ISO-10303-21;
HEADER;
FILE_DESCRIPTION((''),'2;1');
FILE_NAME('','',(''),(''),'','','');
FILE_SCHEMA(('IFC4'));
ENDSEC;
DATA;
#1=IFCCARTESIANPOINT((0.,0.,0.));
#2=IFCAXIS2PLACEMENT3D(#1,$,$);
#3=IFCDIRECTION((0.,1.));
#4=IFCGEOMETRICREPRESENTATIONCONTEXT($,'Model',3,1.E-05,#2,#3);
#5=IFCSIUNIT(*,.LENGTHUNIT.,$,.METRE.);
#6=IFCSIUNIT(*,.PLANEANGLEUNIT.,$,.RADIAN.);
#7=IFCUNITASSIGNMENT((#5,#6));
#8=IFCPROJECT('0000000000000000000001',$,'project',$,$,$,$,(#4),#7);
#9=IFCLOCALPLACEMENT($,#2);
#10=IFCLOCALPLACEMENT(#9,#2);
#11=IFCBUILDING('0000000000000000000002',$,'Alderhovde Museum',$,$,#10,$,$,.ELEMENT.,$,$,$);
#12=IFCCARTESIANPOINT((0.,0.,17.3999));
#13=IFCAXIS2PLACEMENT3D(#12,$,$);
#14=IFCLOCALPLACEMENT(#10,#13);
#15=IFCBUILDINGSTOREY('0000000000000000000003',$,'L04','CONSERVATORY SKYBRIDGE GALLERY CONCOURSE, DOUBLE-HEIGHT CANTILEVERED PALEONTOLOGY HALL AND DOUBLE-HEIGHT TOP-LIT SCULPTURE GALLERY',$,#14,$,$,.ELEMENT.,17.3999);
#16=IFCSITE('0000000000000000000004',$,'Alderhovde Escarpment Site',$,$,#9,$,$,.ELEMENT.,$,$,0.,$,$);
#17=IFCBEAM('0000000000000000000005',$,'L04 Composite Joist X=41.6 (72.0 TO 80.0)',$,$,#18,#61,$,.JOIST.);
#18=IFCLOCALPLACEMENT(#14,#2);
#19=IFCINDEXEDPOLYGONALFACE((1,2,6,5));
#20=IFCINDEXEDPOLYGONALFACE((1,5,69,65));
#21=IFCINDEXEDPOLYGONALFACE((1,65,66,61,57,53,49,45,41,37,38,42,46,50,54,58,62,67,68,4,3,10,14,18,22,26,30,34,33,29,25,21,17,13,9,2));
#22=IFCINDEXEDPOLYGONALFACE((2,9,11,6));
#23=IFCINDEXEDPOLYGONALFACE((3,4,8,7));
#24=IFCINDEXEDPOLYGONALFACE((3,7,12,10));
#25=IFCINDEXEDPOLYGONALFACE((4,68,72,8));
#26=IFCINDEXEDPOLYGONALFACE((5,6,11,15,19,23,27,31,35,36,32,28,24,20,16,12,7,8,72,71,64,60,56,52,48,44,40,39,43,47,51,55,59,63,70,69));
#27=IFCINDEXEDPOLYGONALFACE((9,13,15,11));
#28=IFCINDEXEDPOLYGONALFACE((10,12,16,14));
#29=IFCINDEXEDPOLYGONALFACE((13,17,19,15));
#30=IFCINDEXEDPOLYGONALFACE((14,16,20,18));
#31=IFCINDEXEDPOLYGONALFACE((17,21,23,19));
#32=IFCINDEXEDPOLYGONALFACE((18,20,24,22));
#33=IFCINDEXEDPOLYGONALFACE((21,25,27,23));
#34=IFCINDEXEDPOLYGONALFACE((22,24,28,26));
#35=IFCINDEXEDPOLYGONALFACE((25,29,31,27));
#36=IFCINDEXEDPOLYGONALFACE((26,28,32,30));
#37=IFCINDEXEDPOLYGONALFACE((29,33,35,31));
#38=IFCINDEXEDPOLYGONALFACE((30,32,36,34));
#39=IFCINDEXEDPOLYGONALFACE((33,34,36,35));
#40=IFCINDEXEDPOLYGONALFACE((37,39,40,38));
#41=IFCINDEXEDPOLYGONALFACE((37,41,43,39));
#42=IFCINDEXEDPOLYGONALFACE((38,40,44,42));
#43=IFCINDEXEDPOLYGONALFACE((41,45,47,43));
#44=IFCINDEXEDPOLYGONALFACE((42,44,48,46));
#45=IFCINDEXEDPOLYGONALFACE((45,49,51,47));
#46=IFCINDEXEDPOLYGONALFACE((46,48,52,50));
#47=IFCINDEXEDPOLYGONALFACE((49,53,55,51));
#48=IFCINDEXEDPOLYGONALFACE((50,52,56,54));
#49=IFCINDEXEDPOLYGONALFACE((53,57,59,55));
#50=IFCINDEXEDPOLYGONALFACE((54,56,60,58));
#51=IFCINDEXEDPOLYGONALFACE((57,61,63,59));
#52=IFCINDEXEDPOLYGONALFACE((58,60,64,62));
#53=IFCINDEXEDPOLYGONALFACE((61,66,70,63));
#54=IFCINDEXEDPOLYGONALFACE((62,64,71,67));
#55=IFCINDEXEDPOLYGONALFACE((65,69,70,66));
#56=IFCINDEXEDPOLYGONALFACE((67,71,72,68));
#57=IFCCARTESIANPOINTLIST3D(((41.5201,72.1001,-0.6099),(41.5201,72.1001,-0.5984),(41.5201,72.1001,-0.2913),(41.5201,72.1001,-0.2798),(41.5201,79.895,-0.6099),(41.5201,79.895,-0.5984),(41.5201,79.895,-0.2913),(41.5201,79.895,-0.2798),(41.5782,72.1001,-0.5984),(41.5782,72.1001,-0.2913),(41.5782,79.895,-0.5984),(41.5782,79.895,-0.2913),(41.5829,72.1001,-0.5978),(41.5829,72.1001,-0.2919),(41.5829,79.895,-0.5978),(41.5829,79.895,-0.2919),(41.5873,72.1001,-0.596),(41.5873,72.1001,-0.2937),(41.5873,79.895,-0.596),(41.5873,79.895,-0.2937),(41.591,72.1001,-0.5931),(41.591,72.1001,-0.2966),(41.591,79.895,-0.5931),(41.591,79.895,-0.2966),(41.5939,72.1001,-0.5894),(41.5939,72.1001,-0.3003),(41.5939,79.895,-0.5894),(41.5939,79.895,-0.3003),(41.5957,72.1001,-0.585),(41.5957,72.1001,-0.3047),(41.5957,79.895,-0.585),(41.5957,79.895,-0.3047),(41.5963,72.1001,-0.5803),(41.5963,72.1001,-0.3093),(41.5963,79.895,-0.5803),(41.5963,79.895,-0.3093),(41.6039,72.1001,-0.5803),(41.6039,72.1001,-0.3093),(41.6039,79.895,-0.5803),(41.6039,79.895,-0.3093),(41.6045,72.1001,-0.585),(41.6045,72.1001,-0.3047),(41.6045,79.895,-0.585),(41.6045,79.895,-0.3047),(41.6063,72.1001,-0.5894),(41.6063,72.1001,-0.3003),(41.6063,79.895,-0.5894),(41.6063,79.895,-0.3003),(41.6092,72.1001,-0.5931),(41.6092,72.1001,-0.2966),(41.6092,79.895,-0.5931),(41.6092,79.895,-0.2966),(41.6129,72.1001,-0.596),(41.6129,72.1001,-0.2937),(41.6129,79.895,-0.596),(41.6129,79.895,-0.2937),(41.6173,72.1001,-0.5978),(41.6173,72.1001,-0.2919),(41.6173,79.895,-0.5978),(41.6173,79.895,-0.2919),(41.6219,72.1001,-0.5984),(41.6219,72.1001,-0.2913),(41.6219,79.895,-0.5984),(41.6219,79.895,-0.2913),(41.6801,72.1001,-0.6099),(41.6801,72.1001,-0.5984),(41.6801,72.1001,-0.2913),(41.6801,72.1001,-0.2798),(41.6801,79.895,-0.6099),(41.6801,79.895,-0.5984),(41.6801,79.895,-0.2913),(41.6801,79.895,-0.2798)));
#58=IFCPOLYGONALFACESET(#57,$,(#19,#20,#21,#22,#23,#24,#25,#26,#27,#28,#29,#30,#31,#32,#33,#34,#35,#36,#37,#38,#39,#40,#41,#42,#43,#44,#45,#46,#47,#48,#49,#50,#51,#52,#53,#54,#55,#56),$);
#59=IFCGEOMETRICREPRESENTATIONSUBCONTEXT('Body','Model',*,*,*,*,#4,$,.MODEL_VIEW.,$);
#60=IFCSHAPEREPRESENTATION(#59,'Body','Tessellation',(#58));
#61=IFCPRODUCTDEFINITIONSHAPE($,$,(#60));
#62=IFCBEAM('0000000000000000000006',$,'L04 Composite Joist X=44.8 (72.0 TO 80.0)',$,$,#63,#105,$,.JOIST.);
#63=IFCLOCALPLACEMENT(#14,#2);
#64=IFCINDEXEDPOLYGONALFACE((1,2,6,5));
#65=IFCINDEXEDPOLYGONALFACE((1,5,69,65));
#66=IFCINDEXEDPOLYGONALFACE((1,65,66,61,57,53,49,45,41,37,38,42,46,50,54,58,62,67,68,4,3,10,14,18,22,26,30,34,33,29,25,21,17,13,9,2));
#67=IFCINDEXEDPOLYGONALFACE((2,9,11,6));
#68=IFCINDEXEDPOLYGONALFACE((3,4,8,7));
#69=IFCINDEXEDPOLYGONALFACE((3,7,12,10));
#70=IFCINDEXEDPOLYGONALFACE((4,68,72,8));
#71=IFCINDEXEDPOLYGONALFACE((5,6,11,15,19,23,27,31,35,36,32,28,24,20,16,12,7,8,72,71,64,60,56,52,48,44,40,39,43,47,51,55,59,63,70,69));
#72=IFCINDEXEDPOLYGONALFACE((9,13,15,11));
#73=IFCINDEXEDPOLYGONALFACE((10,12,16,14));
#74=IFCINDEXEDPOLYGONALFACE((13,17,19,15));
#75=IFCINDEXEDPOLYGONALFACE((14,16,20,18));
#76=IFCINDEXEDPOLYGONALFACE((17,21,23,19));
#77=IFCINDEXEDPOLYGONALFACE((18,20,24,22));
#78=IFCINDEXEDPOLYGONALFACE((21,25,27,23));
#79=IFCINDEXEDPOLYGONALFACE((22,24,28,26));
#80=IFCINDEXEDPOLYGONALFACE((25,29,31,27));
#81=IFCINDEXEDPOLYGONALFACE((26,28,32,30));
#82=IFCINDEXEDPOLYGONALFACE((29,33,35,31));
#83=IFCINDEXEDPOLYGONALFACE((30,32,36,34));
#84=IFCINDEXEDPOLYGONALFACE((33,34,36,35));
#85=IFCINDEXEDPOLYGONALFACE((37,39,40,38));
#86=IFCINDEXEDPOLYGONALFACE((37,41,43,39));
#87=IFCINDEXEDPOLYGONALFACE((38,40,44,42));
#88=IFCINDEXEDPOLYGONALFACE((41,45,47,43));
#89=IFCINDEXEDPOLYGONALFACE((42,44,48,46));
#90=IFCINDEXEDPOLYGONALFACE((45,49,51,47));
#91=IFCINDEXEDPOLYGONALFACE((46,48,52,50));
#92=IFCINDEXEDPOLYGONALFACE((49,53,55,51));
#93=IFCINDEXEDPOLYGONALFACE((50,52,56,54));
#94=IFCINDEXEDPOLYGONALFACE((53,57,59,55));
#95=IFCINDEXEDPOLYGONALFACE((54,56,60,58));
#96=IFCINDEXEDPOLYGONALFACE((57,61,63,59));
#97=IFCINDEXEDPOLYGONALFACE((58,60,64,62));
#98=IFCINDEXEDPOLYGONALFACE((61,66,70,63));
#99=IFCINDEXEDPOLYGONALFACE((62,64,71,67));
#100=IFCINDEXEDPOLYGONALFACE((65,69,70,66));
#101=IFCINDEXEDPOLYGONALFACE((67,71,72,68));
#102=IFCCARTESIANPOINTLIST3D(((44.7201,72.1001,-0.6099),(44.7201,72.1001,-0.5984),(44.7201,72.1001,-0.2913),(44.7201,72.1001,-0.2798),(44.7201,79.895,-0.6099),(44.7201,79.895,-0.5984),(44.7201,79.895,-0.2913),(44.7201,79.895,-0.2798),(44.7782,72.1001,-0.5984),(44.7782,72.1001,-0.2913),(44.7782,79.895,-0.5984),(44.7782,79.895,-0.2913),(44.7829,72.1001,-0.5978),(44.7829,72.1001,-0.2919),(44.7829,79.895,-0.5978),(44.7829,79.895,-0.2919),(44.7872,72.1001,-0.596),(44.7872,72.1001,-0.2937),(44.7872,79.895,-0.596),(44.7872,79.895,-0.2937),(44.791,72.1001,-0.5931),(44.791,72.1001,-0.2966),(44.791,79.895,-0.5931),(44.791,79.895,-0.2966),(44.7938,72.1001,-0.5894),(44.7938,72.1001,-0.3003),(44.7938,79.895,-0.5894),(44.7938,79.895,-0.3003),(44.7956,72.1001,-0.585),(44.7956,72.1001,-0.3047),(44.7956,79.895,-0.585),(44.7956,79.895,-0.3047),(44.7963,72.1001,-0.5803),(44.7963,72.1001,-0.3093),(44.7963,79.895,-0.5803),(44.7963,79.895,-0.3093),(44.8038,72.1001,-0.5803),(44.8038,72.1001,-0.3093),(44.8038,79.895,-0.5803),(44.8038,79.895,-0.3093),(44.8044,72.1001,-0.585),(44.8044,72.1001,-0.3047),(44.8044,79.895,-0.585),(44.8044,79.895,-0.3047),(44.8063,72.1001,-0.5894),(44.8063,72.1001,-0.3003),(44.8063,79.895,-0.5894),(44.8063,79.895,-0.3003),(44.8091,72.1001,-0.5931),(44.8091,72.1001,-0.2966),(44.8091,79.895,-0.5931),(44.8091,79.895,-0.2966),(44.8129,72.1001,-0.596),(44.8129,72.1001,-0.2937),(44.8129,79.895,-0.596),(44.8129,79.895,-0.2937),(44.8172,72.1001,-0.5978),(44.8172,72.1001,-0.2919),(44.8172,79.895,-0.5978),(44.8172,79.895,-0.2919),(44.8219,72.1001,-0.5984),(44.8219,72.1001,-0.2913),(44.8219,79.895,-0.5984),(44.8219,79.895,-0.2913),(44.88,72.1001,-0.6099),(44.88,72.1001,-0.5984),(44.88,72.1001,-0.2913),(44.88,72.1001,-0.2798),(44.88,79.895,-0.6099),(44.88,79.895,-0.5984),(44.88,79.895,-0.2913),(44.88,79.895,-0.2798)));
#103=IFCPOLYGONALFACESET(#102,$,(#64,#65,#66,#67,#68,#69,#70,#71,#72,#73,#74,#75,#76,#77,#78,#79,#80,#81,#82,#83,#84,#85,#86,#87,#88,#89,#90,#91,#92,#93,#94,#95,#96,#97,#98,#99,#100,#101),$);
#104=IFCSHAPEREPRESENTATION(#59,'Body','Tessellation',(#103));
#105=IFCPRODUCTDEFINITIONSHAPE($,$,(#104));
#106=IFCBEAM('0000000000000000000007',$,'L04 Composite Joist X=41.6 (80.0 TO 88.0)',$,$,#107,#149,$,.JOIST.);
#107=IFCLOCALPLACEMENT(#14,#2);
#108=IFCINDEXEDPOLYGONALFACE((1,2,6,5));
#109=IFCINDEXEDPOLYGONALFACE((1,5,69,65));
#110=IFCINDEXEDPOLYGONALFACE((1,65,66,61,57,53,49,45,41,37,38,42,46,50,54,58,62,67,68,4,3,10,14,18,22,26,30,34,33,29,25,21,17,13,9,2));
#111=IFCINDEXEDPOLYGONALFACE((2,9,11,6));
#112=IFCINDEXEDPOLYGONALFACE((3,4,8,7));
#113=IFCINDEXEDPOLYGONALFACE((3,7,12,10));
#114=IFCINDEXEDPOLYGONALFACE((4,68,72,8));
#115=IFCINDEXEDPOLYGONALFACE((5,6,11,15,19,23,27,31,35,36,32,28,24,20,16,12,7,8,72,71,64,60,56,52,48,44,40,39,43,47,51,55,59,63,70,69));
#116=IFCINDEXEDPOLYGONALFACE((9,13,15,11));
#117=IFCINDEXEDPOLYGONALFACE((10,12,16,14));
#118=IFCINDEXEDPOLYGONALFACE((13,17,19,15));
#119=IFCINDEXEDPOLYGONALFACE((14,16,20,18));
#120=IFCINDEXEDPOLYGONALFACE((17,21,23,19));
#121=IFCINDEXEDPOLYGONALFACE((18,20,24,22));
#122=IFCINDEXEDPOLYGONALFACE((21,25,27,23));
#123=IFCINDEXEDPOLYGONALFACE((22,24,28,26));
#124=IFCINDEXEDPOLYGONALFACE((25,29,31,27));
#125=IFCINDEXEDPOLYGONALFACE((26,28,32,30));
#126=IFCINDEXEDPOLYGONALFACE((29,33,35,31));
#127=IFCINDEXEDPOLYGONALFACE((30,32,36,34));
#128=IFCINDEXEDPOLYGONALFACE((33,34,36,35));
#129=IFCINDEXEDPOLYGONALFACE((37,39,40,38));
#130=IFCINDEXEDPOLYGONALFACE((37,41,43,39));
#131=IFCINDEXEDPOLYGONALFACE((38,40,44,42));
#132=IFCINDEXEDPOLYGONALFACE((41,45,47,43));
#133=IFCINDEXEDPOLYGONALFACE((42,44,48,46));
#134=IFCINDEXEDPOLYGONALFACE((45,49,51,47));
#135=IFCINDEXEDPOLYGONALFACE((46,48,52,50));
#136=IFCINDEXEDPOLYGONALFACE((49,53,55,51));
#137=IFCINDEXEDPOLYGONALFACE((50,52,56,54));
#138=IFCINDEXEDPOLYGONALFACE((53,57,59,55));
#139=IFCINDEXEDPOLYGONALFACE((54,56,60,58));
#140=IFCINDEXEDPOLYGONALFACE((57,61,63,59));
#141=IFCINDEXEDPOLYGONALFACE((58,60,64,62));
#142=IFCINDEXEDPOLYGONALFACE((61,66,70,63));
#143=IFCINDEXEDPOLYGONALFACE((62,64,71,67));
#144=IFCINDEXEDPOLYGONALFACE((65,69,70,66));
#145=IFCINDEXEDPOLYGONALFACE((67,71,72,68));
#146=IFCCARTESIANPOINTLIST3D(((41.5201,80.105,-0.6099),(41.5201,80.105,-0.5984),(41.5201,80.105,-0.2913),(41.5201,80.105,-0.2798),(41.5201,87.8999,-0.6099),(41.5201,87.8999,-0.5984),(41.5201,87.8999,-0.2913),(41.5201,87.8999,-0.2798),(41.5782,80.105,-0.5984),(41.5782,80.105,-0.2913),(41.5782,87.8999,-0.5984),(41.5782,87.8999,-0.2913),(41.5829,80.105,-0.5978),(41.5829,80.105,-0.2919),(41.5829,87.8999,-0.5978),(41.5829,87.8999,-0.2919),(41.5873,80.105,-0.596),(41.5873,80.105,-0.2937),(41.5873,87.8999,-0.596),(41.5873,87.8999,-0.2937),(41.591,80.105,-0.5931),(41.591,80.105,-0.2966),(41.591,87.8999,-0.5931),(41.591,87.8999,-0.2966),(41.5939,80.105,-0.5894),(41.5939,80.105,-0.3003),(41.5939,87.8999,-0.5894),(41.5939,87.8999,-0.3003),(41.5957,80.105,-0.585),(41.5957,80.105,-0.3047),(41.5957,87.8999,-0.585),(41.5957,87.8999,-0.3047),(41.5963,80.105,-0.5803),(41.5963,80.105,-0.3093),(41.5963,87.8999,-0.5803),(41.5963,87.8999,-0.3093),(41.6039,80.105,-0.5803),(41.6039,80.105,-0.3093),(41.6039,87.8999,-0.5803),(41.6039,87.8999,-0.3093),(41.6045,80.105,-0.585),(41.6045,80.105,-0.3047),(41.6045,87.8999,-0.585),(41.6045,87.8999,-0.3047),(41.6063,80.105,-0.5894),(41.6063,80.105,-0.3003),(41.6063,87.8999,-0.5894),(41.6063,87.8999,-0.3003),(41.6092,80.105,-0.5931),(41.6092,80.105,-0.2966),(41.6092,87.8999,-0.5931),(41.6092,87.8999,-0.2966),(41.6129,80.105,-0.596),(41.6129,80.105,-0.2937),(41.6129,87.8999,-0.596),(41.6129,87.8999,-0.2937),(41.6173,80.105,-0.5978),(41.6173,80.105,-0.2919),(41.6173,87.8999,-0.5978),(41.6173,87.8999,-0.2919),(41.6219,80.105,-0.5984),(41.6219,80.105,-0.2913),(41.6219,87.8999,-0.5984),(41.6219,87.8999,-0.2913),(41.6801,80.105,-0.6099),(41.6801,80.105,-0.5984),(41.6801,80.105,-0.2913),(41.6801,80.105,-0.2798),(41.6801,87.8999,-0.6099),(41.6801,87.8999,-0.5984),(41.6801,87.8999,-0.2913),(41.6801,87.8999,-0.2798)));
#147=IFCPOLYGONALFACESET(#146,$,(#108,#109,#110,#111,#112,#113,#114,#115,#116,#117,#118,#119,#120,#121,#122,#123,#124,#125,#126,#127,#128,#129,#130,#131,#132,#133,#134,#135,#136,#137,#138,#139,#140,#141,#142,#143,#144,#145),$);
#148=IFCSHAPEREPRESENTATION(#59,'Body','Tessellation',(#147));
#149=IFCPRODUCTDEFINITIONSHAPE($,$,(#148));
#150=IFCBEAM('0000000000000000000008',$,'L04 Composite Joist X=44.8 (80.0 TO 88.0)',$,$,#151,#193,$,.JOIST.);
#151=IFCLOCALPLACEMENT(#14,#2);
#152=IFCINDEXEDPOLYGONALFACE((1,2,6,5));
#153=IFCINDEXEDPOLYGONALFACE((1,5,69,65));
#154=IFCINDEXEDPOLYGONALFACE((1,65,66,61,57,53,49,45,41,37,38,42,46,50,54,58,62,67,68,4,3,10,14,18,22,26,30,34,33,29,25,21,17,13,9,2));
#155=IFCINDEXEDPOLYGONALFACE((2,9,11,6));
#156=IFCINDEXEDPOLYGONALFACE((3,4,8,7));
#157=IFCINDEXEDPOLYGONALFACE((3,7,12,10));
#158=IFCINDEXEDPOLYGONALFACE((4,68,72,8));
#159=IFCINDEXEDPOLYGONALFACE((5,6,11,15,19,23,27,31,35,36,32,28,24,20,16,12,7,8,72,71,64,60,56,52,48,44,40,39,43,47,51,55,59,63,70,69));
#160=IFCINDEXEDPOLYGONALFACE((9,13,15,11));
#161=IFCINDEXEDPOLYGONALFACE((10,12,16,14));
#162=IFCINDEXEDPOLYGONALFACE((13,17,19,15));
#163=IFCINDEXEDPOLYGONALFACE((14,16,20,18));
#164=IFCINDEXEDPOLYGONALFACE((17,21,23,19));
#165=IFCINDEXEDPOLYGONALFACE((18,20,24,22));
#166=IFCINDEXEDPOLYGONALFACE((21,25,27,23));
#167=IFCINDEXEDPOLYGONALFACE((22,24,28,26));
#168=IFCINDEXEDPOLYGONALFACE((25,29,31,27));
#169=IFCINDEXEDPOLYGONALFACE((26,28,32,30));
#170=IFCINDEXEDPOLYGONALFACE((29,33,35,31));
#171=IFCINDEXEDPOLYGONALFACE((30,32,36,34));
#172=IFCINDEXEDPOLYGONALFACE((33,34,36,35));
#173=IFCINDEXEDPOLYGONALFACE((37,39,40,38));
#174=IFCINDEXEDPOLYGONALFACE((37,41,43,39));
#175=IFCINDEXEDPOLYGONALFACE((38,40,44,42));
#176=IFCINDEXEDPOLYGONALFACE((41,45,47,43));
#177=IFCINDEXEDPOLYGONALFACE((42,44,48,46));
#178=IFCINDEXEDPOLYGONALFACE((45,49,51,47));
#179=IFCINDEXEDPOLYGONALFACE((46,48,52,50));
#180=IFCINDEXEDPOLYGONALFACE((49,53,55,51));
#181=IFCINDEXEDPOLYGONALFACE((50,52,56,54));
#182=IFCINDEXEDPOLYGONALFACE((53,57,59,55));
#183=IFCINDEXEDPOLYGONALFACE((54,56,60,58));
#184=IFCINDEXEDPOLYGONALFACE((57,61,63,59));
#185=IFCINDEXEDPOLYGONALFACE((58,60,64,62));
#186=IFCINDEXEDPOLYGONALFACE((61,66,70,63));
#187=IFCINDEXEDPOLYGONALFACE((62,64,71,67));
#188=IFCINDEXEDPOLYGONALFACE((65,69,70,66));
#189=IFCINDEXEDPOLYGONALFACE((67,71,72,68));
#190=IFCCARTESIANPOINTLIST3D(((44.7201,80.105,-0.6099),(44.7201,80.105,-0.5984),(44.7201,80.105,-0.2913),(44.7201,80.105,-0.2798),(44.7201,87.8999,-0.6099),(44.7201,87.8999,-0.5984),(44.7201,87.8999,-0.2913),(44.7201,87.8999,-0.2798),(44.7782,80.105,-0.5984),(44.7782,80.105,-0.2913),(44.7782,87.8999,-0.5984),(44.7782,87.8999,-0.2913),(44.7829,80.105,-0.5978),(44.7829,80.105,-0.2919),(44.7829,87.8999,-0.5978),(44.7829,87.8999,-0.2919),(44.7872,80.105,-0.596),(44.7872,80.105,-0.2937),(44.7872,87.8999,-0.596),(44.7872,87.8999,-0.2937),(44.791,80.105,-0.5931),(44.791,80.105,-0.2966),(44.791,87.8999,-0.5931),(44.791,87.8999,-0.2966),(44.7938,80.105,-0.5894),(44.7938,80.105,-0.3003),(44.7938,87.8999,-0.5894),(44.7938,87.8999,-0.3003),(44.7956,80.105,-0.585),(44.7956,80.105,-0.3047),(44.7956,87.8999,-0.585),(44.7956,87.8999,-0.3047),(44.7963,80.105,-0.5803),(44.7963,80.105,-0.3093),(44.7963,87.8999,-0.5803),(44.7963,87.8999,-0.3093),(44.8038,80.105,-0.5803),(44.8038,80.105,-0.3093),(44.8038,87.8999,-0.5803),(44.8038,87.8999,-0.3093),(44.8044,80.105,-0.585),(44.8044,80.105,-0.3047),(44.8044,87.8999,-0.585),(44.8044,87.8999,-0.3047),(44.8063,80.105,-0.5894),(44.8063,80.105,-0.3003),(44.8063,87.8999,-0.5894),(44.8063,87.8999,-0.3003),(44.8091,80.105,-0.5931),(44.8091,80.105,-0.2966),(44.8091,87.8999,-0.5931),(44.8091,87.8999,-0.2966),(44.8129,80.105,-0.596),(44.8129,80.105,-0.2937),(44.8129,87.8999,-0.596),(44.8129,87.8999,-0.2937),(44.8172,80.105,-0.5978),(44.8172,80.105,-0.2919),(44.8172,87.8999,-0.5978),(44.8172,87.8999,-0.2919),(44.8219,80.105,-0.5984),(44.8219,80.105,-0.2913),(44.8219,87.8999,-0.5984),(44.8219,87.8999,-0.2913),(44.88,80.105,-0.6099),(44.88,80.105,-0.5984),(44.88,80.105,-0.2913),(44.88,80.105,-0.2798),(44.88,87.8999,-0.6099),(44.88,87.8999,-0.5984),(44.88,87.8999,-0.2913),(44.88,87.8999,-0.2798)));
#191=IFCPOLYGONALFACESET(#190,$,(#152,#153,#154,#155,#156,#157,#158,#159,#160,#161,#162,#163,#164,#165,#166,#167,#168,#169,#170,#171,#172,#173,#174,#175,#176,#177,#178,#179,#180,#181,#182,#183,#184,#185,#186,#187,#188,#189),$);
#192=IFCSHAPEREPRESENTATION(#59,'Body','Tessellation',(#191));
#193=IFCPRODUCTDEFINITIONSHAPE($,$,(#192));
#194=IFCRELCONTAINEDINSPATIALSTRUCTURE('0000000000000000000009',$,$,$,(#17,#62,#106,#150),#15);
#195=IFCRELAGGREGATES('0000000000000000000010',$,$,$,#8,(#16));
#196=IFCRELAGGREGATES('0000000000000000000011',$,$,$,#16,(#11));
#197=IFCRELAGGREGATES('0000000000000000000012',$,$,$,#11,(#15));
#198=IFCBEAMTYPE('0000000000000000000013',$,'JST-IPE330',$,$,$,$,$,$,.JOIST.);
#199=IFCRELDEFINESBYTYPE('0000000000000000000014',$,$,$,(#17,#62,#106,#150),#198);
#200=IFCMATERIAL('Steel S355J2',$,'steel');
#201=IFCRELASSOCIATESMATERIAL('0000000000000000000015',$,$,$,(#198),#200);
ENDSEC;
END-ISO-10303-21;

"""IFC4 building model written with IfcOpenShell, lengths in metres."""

from ifc_helpers import new_model, si_unit, direction, frame, origin, origin_2d, place, context, subcontext, project, spatial, i_section, extrude, material, material_profile, profile_set, type_object, element, save


model = new_model("IFC4")

# Units and contexts
model_context = context("Model", 3, precision=1e-05, world=origin(), true_north=direction((0.0, 1.0)))
body_context = subcontext(model_context, "Body", "Model", "MODEL_VIEW")
ifc_project = project(units=[si_unit("LENGTHUNIT", "METRE"), si_unit("PLANEANGLEUNIT", "RADIAN")], contexts=[model_context])

# Site, building, storey
site_placement = place(None, origin())
site = spatial("IfcSite", under=ifc_project, at=site_placement, Name="Alderhovde Escarpment Site", CompositionType="ELEMENT", RefElevation=0.0)
building_placement = place(site_placement, origin())
building = spatial("IfcBuilding", under=site, at=building_placement, Name="Alderhovde Museum", CompositionType="ELEMENT")
storey_placement = place(building_placement, frame((0.0, 0.0, 17.3999)))
storey = spatial("IfcBuildingStorey", under=building, at=storey_placement, Name="L04", Description="CONSERVATORY SKYBRIDGE GALLERY CONCOURSE, DOUBLE-HEIGHT CANTILEVERED PALEONTOLOGY HALL AND DOUBLE-HEIGHT TOP-LIT SCULPTURE GALLERY", CompositionType="ELEMENT", Elevation=17.3999)

# Beams
ifc_material_1 = material(Name="Steel S355J2", Category="steel")
ifc_material_profile_1 = material_profile(ifc_material_1, i_section(OverallWidth=0.1599, OverallDepth=0.3301, WebThickness=0.0076, FlangeThickness=0.0115, FilletRadius=0.0181, at=origin_2d()), Name="IPE 330")
ifc_profile_set_1 = profile_set([ifc_material_profile_1], Name="Steel S355J2")
beam_type_1 = type_object("IfcBeamType", Name="JST-IPE330", PredefinedType="JOIST", material=ifc_profile_set_1)
for number, where, z_axis, x_axis, name in (
    (1, (41.6001, 72.1001, -0.4448), (0.0, 1.0, 0.0), (-1.0, 0.0, 0.0), "L04 Composite Joist X=41.6 (72.0 TO 80.0)"),
    (2, (44.8, 72.1001, -0.4448), (0.0, 1.0, 0.0), (-1.0, 0.0, 0.0), "L04 Composite Joist X=44.8 (72.0 TO 80.0)"),
    (3, (41.6001, 80.105, -0.4448), (0.0, 1.0, 0.0), (-1.0, 0.0, 0.0), "L04 Composite Joist X=41.6 (80.0 TO 88.0)"),
    (4, (44.8, 80.105, -0.4448), (0.0, 1.0, 0.0), (-1.0, 0.0, 0.0), "L04 Composite Joist X=44.8 (80.0 TO 88.0)"),
):
    element("IfcBeam", number, at=place(storey_placement, frame(where, z_axis=z_axis, x_axis=x_axis)), inside=storey, type_object=beam_type_1, Name=name, PredefinedType="JOIST", context=body_context, shape_type="SweptSolid", body=[
        extrude(i_section(OverallWidth=0.1599, OverallDepth=0.3301, WebThickness=0.0076, FlangeThickness=0.0115, FilletRadius=0.0181, at=origin_2d()), origin(), (0.0, 0.0, 1.0), 7.7949),
    ])

save(model, "model.ifc")
